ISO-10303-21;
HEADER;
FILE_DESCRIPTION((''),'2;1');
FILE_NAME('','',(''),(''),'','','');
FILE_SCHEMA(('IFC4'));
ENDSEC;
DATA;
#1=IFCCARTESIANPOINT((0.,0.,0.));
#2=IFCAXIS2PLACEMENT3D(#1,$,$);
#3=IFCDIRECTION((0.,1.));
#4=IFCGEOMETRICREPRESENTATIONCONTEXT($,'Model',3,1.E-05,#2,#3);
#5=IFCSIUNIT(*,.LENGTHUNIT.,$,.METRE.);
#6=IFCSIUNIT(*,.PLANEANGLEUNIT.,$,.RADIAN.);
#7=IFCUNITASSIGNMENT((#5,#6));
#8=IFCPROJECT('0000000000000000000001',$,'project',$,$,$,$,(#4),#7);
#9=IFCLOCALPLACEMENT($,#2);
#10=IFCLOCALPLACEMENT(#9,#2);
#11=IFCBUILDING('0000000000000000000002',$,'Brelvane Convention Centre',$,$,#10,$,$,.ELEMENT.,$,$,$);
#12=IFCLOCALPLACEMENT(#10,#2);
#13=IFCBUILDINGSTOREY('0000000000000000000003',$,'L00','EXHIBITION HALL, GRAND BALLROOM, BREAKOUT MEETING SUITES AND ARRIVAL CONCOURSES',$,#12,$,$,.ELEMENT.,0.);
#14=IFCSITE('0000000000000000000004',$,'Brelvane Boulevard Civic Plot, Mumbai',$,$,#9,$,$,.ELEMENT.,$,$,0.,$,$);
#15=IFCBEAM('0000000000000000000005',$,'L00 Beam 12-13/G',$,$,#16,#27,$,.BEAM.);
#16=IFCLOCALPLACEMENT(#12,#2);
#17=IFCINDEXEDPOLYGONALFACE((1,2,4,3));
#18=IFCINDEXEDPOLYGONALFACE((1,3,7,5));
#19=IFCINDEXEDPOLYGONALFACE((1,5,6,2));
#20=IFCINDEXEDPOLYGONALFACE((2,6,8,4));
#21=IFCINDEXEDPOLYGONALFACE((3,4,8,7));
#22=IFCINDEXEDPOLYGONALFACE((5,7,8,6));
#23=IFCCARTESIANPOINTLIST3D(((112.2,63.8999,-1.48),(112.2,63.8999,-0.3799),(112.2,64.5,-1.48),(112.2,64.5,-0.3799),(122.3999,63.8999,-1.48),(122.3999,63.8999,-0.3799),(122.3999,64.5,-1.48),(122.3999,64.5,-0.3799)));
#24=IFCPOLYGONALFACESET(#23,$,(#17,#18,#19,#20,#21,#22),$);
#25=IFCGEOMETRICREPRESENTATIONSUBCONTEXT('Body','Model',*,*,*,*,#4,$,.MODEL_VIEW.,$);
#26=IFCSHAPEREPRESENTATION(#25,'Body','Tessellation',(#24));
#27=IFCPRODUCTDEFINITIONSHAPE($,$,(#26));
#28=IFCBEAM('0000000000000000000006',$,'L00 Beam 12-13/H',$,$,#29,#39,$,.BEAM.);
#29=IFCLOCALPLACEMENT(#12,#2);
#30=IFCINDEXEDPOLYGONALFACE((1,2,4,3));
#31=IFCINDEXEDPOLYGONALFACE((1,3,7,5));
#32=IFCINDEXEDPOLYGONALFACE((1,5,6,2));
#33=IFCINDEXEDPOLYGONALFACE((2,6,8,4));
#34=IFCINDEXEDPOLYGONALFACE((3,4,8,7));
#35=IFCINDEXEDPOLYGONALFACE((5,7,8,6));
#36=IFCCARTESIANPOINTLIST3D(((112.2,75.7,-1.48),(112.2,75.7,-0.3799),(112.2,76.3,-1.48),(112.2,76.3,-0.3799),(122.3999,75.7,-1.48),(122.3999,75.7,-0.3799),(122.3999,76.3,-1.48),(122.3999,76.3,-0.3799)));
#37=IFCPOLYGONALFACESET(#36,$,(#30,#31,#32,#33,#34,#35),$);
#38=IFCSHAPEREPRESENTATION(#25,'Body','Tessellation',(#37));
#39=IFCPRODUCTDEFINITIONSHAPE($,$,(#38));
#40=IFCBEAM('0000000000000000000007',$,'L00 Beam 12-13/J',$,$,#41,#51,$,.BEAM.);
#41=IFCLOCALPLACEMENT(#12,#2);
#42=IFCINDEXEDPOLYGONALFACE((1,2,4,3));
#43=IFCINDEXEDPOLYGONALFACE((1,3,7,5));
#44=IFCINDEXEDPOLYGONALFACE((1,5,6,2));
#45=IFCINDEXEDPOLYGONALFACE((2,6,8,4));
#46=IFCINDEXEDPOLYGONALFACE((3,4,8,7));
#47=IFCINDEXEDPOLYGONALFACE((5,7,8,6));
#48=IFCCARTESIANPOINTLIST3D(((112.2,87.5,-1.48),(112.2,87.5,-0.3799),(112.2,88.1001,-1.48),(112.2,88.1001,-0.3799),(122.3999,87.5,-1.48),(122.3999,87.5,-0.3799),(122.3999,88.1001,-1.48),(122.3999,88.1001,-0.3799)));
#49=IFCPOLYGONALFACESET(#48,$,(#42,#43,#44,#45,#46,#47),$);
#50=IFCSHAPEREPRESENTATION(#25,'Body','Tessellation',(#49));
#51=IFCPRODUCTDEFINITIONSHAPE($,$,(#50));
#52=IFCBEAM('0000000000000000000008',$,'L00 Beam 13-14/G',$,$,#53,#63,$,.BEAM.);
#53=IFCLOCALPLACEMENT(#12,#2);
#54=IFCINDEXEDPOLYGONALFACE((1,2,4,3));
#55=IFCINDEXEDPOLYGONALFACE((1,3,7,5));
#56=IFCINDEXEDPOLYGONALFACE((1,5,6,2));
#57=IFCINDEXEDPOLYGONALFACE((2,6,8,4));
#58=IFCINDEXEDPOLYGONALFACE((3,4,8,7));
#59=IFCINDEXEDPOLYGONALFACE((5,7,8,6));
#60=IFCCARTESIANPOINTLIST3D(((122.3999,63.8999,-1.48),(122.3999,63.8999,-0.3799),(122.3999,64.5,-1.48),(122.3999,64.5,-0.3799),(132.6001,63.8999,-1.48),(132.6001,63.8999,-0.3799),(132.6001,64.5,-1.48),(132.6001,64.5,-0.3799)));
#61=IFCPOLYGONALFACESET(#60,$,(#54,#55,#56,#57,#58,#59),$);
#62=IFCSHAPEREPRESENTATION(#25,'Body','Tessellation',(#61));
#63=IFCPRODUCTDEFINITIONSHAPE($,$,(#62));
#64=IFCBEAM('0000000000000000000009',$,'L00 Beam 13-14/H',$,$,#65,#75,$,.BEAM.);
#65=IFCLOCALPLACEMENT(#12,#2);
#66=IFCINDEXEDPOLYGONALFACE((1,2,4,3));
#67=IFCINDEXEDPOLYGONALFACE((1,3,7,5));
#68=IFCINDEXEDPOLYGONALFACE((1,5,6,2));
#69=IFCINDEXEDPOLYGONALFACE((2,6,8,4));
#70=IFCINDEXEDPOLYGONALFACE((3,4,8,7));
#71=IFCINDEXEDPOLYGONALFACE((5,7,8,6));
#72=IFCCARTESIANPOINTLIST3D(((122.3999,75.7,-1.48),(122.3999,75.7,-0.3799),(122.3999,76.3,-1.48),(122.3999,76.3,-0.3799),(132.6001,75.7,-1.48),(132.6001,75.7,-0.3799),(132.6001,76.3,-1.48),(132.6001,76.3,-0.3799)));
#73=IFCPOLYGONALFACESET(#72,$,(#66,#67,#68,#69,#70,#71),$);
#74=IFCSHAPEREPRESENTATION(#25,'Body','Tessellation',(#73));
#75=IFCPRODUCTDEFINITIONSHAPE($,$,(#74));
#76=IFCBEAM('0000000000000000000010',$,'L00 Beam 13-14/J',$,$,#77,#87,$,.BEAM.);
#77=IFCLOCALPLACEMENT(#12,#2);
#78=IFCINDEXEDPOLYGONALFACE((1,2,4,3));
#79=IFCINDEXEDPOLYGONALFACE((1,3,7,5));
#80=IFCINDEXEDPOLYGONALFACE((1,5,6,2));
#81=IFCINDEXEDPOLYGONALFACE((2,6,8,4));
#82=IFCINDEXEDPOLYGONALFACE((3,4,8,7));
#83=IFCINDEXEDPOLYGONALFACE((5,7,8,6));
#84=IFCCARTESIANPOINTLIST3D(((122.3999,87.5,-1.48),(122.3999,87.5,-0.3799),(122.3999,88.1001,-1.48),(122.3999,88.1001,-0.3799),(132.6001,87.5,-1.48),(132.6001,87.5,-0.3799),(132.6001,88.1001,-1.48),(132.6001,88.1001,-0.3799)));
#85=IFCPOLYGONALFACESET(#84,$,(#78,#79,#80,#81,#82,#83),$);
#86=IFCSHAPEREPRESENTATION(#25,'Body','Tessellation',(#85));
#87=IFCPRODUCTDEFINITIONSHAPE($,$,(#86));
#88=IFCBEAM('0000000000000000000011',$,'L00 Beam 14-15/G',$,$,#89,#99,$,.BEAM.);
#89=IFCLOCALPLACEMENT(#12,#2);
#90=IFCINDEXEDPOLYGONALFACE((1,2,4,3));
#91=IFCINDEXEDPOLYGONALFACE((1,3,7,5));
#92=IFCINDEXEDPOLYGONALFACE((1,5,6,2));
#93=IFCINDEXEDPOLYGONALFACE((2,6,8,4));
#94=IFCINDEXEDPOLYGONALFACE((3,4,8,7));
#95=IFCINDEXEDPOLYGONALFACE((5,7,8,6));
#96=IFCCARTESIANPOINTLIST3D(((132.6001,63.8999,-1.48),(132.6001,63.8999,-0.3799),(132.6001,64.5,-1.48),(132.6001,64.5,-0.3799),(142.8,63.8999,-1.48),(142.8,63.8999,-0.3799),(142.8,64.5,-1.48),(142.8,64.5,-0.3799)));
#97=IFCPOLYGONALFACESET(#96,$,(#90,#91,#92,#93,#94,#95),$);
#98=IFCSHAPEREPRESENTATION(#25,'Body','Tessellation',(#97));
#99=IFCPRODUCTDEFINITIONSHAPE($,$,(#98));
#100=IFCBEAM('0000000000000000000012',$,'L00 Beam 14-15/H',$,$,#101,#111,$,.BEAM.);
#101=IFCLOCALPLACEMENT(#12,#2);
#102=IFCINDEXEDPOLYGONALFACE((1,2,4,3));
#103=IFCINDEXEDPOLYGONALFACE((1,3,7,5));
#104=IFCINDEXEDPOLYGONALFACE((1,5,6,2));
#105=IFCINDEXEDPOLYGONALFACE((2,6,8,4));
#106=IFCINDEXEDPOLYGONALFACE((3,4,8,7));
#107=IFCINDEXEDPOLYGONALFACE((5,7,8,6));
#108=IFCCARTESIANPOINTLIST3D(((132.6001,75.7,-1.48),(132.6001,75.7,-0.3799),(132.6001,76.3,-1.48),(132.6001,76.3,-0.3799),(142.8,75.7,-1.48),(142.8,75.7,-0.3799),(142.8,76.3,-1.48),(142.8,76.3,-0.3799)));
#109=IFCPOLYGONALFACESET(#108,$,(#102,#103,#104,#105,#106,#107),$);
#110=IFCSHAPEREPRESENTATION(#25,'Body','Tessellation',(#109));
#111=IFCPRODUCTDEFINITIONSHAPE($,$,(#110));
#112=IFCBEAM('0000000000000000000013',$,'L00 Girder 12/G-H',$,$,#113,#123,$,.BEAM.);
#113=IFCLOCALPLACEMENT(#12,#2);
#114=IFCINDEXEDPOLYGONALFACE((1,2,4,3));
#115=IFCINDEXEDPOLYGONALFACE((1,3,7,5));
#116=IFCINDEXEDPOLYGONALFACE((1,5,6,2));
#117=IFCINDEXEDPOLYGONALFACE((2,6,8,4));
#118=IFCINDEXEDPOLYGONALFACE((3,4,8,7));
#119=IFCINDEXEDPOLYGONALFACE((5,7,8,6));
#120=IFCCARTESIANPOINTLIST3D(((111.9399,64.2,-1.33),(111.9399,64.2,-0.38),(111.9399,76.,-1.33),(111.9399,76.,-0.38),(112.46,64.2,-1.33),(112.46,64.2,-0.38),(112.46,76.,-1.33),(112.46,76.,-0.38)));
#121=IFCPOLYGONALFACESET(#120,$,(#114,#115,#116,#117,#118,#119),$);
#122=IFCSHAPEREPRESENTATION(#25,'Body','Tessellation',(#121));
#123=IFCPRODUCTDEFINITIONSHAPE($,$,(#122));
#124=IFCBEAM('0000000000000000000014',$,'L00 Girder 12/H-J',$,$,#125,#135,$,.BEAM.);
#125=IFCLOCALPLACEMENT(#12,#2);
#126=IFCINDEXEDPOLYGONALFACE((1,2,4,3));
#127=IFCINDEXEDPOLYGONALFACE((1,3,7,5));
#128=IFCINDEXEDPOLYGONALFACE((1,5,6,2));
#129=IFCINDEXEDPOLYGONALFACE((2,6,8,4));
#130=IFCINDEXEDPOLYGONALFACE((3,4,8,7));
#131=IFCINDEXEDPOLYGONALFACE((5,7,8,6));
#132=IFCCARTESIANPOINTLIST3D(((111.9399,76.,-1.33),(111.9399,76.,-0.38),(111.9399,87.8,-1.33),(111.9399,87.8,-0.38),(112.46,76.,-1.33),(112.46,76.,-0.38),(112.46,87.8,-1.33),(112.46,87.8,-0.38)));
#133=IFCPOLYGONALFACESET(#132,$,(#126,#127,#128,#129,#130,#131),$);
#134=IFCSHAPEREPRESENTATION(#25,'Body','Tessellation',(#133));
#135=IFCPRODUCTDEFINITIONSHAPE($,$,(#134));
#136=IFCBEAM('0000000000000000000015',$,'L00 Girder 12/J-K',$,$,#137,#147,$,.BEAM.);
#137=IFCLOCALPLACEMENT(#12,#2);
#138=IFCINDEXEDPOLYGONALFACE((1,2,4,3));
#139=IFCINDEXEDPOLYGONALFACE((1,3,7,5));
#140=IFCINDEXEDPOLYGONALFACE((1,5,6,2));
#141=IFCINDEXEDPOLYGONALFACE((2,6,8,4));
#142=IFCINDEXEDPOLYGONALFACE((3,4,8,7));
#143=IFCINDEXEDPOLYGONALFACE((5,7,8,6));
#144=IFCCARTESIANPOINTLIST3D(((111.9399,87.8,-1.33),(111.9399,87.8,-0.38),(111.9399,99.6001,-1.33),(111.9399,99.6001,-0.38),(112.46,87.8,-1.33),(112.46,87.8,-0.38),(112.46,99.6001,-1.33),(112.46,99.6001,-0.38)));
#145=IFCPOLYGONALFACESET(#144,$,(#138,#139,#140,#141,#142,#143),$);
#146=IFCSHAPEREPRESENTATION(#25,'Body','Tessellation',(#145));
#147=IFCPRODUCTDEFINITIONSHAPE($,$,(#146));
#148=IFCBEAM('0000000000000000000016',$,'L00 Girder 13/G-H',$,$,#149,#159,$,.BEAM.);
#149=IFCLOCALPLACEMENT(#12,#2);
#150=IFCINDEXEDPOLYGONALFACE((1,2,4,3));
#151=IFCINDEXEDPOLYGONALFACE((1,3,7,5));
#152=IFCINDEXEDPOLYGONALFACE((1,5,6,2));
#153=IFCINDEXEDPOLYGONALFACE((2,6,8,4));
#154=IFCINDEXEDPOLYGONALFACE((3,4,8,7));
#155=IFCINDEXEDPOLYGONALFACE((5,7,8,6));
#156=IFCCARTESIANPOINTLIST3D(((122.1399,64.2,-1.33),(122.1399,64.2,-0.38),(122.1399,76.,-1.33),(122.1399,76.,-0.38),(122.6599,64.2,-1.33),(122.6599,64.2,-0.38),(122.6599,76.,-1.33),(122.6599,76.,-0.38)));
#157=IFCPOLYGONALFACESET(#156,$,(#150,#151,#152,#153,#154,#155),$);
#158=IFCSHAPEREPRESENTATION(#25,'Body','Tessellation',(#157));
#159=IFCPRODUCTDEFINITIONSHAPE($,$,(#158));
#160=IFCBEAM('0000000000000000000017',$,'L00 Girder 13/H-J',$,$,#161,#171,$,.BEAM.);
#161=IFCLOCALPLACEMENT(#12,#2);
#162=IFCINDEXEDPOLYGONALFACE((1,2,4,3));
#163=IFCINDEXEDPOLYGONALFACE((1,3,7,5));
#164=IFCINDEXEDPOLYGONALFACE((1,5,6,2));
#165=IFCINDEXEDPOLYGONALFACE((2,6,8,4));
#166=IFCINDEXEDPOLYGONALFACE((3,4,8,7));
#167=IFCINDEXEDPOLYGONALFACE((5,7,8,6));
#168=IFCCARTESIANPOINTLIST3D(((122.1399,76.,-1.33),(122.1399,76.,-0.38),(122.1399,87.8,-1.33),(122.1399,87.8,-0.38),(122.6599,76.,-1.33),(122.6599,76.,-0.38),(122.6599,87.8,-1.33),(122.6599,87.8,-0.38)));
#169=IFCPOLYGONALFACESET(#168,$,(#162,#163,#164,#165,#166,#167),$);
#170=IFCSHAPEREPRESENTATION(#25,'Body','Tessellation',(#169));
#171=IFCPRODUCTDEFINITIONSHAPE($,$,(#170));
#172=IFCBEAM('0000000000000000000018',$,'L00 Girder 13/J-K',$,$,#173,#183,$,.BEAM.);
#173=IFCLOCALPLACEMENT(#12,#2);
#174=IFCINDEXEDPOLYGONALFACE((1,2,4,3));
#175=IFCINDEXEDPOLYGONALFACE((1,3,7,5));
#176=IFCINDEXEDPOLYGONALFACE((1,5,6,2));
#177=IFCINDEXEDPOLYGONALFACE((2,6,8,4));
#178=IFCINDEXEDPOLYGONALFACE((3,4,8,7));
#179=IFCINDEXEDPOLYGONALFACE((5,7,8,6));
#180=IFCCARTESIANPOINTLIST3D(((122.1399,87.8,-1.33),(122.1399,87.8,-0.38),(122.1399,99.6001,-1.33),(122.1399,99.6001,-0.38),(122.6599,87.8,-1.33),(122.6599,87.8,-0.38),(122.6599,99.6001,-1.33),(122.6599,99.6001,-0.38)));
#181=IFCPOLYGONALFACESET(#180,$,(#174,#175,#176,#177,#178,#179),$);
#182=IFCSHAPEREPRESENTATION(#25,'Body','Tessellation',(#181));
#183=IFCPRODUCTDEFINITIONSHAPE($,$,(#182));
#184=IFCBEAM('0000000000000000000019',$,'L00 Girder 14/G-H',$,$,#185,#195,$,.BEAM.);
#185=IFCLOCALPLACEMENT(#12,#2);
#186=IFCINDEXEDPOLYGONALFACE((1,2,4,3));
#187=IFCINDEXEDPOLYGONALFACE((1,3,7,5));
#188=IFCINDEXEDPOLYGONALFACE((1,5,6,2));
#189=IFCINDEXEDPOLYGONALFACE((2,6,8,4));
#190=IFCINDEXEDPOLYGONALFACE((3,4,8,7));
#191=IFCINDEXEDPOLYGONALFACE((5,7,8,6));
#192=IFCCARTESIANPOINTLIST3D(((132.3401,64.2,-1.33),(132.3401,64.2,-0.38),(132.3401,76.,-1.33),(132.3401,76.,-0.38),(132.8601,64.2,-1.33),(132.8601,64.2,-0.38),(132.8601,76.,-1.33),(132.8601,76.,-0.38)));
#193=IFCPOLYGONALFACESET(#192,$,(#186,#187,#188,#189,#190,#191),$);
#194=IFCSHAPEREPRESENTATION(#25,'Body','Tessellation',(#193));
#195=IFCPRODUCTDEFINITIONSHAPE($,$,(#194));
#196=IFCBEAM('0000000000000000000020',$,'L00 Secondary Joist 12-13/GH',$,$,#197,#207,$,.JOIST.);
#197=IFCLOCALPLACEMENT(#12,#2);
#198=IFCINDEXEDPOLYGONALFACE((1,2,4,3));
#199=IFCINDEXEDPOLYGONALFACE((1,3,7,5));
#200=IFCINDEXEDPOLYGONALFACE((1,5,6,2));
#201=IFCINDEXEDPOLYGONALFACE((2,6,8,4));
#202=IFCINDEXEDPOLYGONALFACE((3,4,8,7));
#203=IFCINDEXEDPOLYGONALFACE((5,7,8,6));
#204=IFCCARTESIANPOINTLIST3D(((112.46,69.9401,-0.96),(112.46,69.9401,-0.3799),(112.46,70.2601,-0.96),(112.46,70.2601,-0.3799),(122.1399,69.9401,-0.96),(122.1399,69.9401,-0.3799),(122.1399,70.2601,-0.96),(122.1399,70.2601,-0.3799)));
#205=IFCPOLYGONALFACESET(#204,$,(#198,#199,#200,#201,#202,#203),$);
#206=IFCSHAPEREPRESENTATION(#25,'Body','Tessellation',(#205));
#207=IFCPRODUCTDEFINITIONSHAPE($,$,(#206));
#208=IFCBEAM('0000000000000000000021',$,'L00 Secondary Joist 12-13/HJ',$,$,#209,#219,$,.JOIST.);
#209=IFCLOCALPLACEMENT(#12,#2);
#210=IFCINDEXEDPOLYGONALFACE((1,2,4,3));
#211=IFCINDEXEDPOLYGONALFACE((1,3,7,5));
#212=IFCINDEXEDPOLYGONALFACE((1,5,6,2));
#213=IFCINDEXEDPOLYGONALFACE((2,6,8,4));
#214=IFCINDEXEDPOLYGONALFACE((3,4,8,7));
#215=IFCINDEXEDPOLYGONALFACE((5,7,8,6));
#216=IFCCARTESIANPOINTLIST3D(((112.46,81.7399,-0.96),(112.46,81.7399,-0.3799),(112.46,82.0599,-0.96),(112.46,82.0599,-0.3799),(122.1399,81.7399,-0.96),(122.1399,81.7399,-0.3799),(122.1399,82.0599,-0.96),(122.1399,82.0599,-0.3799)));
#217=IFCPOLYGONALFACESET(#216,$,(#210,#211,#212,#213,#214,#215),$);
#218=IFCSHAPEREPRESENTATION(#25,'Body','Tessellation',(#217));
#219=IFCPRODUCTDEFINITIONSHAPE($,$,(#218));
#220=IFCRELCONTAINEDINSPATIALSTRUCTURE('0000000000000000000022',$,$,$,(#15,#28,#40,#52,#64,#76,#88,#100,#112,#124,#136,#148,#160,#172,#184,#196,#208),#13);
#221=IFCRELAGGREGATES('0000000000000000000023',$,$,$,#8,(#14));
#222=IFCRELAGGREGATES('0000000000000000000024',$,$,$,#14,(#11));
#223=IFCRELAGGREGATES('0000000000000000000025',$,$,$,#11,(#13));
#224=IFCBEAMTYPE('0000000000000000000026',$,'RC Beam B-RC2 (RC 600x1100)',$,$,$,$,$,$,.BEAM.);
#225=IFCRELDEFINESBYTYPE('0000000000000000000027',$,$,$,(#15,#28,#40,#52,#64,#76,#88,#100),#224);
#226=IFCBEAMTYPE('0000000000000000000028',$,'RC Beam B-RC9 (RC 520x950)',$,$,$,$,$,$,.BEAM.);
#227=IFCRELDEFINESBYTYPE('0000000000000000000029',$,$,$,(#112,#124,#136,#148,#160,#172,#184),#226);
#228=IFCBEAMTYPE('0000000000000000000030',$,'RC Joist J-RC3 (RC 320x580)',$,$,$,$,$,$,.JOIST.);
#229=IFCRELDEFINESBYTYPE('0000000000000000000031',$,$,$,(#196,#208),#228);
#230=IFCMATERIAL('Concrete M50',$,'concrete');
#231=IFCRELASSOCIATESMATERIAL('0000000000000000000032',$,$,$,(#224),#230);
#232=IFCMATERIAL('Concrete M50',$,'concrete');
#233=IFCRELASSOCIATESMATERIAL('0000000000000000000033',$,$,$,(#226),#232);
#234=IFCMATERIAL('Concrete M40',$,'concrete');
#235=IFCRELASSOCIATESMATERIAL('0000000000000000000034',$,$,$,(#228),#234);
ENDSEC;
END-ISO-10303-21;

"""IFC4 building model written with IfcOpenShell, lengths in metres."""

from ifc_helpers import new_model, si_unit, direction, frame, origin, origin_2d, place, context, subcontext, project, spatial, rectangle, extrude, material, material_profile, profile_set, type_object, element, save


model = new_model("IFC4")

# Units and contexts
model_context = context("Model", 3, precision=1e-05, world=origin(), true_north=direction((0.0, 1.0)))
body_context = subcontext(model_context, "Body", "Model", "MODEL_VIEW")
ifc_project = project(units=[si_unit("LENGTHUNIT", "METRE"), si_unit("PLANEANGLEUNIT", "RADIAN")], contexts=[model_context])

# Site, building, storey
site_placement = place(None, origin())
site = spatial("IfcSite", under=ifc_project, at=site_placement, Name="Brelvane Boulevard Civic Plot, Mumbai", CompositionType="ELEMENT", RefElevation=0.0)
building_placement = place(site_placement, origin())
building = spatial("IfcBuilding", under=site, at=building_placement, Name="Brelvane Convention Centre", CompositionType="ELEMENT")
storey_placement = place(building_placement, origin())
storey = spatial("IfcBuildingStorey", under=building, at=storey_placement, Name="L00", Description="EXHIBITION HALL, GRAND BALLROOM, BREAKOUT MEETING SUITES AND ARRIVAL CONCOURSES", CompositionType="ELEMENT", Elevation=0.0)

# Beams
ifc_material_1 = material(Name="Concrete M50", Category="concrete")
ifc_material_profile_1 = material_profile(ifc_material_1, rectangle(XDim=0.6001, YDim=1.1001, at=origin_2d()), Name="RC 600x1100")
ifc_profile_set_1 = profile_set([ifc_material_profile_1], Name="Concrete M50")
beam_type_1 = type_object("IfcBeamType", Name="RC Beam B-RC2 (RC 600x1100)", PredefinedType="BEAM", material=ifc_profile_set_1)
for number, where, z_axis, x_axis, name in (
    (1, (112.2, 64.2, -0.9299), (1.0, 0.0, 0.0), (0.0, 1.0, 0.0), "L00 Beam 12-13/G"),
    (2, (112.2, 76.0, -0.9299), (1.0, 0.0, 0.0), (0.0, 1.0, 0.0), "L00 Beam 12-13/H"),
    (3, (112.2, 87.8, -0.9299), (1.0, 0.0, 0.0), (0.0, 1.0, 0.0), "L00 Beam 12-13/J"),
):
    element("IfcBeam", number, at=place(storey_placement, frame(where, z_axis=z_axis, x_axis=x_axis)), inside=storey, type_object=beam_type_1, Name=name, PredefinedType="BEAM", context=body_context, shape_type="SweptSolid", body=[
        extrude(rectangle(XDim=0.6001, YDim=1.1001, at=origin_2d()), origin(), (0.0, 0.0, 1.0), 10.2),
    ])
for number, where, z_axis, x_axis, name in (
    (4, (122.3999, 64.2, -0.9299), (1.0, 0.0, 0.0), (0.0, 1.0, 0.0), "L00 Beam 13-14/G"),
    (5, (122.3999, 76.0, -0.9299), (1.0, 0.0, 0.0), (0.0, 1.0, 0.0), "L00 Beam 13-14/H"),
    (6, (122.3999, 87.8, -0.9299), (1.0, 0.0, 0.0), (0.0, 1.0, 0.0), "L00 Beam 13-14/J"),
):
    element("IfcBeam", number, at=place(storey_placement, frame(where, z_axis=z_axis, x_axis=x_axis)), inside=storey, type_object=beam_type_1, Name=name, PredefinedType="BEAM", context=body_context, shape_type="SweptSolid", body=[
        extrude(rectangle(XDim=0.6001, YDim=1.1001, at=origin_2d()), origin(), (0.0, 0.0, 1.0), 10.2002),
    ])
for number, where, z_axis, x_axis, name in (
    (7, (132.6001, 64.2, -0.9299), (1.0, 0.0, 0.0), (0.0, 1.0, 0.0), "L00 Beam 14-15/G"),
    (8, (132.6001, 76.0, -0.9299), (1.0, 0.0, 0.0), (0.0, 1.0, 0.0), "L00 Beam 14-15/H"),
):
    element("IfcBeam", number, at=place(storey_placement, frame(where, z_axis=z_axis, x_axis=x_axis)), inside=storey, type_object=beam_type_1, Name=name, PredefinedType="BEAM", context=body_context, shape_type="SweptSolid", body=[
        extrude(rectangle(XDim=0.6001, YDim=1.1001, at=origin_2d()), origin(), (0.0, 0.0, 1.0), 10.2),
    ])
ifc_material_2 = material(Name="Concrete M50", Category="concrete")
ifc_material_profile_2 = material_profile(ifc_material_2, rectangle(XDim=0.52, YDim=0.95, at=origin_2d()), Name="RC 520x950")
ifc_profile_set_2 = profile_set([ifc_material_profile_2], Name="Concrete M50")
beam_type_2 = type_object("IfcBeamType", Name="RC Beam B-RC9 (RC 520x950)", PredefinedType="BEAM", material=ifc_profile_set_2)
for number, where, z_axis, x_axis, name in (
    (9, (112.2, 64.2, -0.855), (0.0, 1.0, 0.0), (-1.0, 0.0, 0.0), "L00 Girder 12/G-H"),
    (10, (112.2, 76.0, -0.855), (0.0, 1.0, 0.0), (-1.0, 0.0, 0.0), "L00 Girder 12/H-J"),
    (11, (112.2, 87.8, -0.855), (0.0, 1.0, 0.0), (-1.0, 0.0, 0.0), "L00 Girder 12/J-K"),
    (12, (122.3999, 64.2, -0.855), (0.0, 1.0, 0.0), (-1.0, 0.0, 0.0), "L00 Girder 13/G-H"),
    (13, (122.3999, 76.0, -0.855), (0.0, 1.0, 0.0), (-1.0, 0.0, 0.0), "L00 Girder 13/H-J"),
    (14, (122.3999, 87.8, -0.855), (0.0, 1.0, 0.0), (-1.0, 0.0, 0.0), "L00 Girder 13/J-K"),
    (15, (132.6001, 64.2, -0.855), (0.0, 1.0, 0.0), (-1.0, 0.0, 0.0), "L00 Girder 14/G-H"),
):
    element("IfcBeam", number, at=place(storey_placement, frame(where, z_axis=z_axis, x_axis=x_axis)), inside=storey, type_object=beam_type_2, Name=name, PredefinedType="BEAM", context=body_context, shape_type="SweptSolid", body=[
        extrude(rectangle(XDim=0.52, YDim=0.95, at=origin_2d()), origin(), (0.0, 0.0, 1.0), 11.8),
    ])
ifc_material_3 = material(Name="Concrete M40", Category="concrete")
ifc_material_profile_3 = material_profile(ifc_material_3, rectangle(XDim=0.3201, YDim=0.5801, at=origin_2d()), Name="RC 320x580")
ifc_profile_set_3 = profile_set([ifc_material_profile_3], Name="Concrete M40")
beam_type_3 = type_object("IfcBeamType", Name="RC Joist J-RC3 (RC 320x580)", PredefinedType="JOIST", material=ifc_profile_set_3)
for number, where, z_axis, x_axis, name in (
    (16, (112.46, 70.1001, -0.6699), (1.0, 0.0, 0.0), (0.0, 1.0, 0.0), "L00 Secondary Joist 12-13/GH"),
    (17, (112.46, 81.8999, -0.6699), (1.0, 0.0, 0.0), (0.0, 1.0, 0.0), "L00 Secondary Joist 12-13/HJ"),
):
    element("IfcBeam", number, at=place(storey_placement, frame(where, z_axis=z_axis, x_axis=x_axis)), inside=storey, type_object=beam_type_3, Name=name, PredefinedType="JOIST", context=body_context, shape_type="SweptSolid", body=[
        extrude(rectangle(XDim=0.3201, YDim=0.5801, at=origin_2d()), origin(), (0.0, 0.0, 1.0), 9.6799),
    ])

save(model, "model.ifc")
